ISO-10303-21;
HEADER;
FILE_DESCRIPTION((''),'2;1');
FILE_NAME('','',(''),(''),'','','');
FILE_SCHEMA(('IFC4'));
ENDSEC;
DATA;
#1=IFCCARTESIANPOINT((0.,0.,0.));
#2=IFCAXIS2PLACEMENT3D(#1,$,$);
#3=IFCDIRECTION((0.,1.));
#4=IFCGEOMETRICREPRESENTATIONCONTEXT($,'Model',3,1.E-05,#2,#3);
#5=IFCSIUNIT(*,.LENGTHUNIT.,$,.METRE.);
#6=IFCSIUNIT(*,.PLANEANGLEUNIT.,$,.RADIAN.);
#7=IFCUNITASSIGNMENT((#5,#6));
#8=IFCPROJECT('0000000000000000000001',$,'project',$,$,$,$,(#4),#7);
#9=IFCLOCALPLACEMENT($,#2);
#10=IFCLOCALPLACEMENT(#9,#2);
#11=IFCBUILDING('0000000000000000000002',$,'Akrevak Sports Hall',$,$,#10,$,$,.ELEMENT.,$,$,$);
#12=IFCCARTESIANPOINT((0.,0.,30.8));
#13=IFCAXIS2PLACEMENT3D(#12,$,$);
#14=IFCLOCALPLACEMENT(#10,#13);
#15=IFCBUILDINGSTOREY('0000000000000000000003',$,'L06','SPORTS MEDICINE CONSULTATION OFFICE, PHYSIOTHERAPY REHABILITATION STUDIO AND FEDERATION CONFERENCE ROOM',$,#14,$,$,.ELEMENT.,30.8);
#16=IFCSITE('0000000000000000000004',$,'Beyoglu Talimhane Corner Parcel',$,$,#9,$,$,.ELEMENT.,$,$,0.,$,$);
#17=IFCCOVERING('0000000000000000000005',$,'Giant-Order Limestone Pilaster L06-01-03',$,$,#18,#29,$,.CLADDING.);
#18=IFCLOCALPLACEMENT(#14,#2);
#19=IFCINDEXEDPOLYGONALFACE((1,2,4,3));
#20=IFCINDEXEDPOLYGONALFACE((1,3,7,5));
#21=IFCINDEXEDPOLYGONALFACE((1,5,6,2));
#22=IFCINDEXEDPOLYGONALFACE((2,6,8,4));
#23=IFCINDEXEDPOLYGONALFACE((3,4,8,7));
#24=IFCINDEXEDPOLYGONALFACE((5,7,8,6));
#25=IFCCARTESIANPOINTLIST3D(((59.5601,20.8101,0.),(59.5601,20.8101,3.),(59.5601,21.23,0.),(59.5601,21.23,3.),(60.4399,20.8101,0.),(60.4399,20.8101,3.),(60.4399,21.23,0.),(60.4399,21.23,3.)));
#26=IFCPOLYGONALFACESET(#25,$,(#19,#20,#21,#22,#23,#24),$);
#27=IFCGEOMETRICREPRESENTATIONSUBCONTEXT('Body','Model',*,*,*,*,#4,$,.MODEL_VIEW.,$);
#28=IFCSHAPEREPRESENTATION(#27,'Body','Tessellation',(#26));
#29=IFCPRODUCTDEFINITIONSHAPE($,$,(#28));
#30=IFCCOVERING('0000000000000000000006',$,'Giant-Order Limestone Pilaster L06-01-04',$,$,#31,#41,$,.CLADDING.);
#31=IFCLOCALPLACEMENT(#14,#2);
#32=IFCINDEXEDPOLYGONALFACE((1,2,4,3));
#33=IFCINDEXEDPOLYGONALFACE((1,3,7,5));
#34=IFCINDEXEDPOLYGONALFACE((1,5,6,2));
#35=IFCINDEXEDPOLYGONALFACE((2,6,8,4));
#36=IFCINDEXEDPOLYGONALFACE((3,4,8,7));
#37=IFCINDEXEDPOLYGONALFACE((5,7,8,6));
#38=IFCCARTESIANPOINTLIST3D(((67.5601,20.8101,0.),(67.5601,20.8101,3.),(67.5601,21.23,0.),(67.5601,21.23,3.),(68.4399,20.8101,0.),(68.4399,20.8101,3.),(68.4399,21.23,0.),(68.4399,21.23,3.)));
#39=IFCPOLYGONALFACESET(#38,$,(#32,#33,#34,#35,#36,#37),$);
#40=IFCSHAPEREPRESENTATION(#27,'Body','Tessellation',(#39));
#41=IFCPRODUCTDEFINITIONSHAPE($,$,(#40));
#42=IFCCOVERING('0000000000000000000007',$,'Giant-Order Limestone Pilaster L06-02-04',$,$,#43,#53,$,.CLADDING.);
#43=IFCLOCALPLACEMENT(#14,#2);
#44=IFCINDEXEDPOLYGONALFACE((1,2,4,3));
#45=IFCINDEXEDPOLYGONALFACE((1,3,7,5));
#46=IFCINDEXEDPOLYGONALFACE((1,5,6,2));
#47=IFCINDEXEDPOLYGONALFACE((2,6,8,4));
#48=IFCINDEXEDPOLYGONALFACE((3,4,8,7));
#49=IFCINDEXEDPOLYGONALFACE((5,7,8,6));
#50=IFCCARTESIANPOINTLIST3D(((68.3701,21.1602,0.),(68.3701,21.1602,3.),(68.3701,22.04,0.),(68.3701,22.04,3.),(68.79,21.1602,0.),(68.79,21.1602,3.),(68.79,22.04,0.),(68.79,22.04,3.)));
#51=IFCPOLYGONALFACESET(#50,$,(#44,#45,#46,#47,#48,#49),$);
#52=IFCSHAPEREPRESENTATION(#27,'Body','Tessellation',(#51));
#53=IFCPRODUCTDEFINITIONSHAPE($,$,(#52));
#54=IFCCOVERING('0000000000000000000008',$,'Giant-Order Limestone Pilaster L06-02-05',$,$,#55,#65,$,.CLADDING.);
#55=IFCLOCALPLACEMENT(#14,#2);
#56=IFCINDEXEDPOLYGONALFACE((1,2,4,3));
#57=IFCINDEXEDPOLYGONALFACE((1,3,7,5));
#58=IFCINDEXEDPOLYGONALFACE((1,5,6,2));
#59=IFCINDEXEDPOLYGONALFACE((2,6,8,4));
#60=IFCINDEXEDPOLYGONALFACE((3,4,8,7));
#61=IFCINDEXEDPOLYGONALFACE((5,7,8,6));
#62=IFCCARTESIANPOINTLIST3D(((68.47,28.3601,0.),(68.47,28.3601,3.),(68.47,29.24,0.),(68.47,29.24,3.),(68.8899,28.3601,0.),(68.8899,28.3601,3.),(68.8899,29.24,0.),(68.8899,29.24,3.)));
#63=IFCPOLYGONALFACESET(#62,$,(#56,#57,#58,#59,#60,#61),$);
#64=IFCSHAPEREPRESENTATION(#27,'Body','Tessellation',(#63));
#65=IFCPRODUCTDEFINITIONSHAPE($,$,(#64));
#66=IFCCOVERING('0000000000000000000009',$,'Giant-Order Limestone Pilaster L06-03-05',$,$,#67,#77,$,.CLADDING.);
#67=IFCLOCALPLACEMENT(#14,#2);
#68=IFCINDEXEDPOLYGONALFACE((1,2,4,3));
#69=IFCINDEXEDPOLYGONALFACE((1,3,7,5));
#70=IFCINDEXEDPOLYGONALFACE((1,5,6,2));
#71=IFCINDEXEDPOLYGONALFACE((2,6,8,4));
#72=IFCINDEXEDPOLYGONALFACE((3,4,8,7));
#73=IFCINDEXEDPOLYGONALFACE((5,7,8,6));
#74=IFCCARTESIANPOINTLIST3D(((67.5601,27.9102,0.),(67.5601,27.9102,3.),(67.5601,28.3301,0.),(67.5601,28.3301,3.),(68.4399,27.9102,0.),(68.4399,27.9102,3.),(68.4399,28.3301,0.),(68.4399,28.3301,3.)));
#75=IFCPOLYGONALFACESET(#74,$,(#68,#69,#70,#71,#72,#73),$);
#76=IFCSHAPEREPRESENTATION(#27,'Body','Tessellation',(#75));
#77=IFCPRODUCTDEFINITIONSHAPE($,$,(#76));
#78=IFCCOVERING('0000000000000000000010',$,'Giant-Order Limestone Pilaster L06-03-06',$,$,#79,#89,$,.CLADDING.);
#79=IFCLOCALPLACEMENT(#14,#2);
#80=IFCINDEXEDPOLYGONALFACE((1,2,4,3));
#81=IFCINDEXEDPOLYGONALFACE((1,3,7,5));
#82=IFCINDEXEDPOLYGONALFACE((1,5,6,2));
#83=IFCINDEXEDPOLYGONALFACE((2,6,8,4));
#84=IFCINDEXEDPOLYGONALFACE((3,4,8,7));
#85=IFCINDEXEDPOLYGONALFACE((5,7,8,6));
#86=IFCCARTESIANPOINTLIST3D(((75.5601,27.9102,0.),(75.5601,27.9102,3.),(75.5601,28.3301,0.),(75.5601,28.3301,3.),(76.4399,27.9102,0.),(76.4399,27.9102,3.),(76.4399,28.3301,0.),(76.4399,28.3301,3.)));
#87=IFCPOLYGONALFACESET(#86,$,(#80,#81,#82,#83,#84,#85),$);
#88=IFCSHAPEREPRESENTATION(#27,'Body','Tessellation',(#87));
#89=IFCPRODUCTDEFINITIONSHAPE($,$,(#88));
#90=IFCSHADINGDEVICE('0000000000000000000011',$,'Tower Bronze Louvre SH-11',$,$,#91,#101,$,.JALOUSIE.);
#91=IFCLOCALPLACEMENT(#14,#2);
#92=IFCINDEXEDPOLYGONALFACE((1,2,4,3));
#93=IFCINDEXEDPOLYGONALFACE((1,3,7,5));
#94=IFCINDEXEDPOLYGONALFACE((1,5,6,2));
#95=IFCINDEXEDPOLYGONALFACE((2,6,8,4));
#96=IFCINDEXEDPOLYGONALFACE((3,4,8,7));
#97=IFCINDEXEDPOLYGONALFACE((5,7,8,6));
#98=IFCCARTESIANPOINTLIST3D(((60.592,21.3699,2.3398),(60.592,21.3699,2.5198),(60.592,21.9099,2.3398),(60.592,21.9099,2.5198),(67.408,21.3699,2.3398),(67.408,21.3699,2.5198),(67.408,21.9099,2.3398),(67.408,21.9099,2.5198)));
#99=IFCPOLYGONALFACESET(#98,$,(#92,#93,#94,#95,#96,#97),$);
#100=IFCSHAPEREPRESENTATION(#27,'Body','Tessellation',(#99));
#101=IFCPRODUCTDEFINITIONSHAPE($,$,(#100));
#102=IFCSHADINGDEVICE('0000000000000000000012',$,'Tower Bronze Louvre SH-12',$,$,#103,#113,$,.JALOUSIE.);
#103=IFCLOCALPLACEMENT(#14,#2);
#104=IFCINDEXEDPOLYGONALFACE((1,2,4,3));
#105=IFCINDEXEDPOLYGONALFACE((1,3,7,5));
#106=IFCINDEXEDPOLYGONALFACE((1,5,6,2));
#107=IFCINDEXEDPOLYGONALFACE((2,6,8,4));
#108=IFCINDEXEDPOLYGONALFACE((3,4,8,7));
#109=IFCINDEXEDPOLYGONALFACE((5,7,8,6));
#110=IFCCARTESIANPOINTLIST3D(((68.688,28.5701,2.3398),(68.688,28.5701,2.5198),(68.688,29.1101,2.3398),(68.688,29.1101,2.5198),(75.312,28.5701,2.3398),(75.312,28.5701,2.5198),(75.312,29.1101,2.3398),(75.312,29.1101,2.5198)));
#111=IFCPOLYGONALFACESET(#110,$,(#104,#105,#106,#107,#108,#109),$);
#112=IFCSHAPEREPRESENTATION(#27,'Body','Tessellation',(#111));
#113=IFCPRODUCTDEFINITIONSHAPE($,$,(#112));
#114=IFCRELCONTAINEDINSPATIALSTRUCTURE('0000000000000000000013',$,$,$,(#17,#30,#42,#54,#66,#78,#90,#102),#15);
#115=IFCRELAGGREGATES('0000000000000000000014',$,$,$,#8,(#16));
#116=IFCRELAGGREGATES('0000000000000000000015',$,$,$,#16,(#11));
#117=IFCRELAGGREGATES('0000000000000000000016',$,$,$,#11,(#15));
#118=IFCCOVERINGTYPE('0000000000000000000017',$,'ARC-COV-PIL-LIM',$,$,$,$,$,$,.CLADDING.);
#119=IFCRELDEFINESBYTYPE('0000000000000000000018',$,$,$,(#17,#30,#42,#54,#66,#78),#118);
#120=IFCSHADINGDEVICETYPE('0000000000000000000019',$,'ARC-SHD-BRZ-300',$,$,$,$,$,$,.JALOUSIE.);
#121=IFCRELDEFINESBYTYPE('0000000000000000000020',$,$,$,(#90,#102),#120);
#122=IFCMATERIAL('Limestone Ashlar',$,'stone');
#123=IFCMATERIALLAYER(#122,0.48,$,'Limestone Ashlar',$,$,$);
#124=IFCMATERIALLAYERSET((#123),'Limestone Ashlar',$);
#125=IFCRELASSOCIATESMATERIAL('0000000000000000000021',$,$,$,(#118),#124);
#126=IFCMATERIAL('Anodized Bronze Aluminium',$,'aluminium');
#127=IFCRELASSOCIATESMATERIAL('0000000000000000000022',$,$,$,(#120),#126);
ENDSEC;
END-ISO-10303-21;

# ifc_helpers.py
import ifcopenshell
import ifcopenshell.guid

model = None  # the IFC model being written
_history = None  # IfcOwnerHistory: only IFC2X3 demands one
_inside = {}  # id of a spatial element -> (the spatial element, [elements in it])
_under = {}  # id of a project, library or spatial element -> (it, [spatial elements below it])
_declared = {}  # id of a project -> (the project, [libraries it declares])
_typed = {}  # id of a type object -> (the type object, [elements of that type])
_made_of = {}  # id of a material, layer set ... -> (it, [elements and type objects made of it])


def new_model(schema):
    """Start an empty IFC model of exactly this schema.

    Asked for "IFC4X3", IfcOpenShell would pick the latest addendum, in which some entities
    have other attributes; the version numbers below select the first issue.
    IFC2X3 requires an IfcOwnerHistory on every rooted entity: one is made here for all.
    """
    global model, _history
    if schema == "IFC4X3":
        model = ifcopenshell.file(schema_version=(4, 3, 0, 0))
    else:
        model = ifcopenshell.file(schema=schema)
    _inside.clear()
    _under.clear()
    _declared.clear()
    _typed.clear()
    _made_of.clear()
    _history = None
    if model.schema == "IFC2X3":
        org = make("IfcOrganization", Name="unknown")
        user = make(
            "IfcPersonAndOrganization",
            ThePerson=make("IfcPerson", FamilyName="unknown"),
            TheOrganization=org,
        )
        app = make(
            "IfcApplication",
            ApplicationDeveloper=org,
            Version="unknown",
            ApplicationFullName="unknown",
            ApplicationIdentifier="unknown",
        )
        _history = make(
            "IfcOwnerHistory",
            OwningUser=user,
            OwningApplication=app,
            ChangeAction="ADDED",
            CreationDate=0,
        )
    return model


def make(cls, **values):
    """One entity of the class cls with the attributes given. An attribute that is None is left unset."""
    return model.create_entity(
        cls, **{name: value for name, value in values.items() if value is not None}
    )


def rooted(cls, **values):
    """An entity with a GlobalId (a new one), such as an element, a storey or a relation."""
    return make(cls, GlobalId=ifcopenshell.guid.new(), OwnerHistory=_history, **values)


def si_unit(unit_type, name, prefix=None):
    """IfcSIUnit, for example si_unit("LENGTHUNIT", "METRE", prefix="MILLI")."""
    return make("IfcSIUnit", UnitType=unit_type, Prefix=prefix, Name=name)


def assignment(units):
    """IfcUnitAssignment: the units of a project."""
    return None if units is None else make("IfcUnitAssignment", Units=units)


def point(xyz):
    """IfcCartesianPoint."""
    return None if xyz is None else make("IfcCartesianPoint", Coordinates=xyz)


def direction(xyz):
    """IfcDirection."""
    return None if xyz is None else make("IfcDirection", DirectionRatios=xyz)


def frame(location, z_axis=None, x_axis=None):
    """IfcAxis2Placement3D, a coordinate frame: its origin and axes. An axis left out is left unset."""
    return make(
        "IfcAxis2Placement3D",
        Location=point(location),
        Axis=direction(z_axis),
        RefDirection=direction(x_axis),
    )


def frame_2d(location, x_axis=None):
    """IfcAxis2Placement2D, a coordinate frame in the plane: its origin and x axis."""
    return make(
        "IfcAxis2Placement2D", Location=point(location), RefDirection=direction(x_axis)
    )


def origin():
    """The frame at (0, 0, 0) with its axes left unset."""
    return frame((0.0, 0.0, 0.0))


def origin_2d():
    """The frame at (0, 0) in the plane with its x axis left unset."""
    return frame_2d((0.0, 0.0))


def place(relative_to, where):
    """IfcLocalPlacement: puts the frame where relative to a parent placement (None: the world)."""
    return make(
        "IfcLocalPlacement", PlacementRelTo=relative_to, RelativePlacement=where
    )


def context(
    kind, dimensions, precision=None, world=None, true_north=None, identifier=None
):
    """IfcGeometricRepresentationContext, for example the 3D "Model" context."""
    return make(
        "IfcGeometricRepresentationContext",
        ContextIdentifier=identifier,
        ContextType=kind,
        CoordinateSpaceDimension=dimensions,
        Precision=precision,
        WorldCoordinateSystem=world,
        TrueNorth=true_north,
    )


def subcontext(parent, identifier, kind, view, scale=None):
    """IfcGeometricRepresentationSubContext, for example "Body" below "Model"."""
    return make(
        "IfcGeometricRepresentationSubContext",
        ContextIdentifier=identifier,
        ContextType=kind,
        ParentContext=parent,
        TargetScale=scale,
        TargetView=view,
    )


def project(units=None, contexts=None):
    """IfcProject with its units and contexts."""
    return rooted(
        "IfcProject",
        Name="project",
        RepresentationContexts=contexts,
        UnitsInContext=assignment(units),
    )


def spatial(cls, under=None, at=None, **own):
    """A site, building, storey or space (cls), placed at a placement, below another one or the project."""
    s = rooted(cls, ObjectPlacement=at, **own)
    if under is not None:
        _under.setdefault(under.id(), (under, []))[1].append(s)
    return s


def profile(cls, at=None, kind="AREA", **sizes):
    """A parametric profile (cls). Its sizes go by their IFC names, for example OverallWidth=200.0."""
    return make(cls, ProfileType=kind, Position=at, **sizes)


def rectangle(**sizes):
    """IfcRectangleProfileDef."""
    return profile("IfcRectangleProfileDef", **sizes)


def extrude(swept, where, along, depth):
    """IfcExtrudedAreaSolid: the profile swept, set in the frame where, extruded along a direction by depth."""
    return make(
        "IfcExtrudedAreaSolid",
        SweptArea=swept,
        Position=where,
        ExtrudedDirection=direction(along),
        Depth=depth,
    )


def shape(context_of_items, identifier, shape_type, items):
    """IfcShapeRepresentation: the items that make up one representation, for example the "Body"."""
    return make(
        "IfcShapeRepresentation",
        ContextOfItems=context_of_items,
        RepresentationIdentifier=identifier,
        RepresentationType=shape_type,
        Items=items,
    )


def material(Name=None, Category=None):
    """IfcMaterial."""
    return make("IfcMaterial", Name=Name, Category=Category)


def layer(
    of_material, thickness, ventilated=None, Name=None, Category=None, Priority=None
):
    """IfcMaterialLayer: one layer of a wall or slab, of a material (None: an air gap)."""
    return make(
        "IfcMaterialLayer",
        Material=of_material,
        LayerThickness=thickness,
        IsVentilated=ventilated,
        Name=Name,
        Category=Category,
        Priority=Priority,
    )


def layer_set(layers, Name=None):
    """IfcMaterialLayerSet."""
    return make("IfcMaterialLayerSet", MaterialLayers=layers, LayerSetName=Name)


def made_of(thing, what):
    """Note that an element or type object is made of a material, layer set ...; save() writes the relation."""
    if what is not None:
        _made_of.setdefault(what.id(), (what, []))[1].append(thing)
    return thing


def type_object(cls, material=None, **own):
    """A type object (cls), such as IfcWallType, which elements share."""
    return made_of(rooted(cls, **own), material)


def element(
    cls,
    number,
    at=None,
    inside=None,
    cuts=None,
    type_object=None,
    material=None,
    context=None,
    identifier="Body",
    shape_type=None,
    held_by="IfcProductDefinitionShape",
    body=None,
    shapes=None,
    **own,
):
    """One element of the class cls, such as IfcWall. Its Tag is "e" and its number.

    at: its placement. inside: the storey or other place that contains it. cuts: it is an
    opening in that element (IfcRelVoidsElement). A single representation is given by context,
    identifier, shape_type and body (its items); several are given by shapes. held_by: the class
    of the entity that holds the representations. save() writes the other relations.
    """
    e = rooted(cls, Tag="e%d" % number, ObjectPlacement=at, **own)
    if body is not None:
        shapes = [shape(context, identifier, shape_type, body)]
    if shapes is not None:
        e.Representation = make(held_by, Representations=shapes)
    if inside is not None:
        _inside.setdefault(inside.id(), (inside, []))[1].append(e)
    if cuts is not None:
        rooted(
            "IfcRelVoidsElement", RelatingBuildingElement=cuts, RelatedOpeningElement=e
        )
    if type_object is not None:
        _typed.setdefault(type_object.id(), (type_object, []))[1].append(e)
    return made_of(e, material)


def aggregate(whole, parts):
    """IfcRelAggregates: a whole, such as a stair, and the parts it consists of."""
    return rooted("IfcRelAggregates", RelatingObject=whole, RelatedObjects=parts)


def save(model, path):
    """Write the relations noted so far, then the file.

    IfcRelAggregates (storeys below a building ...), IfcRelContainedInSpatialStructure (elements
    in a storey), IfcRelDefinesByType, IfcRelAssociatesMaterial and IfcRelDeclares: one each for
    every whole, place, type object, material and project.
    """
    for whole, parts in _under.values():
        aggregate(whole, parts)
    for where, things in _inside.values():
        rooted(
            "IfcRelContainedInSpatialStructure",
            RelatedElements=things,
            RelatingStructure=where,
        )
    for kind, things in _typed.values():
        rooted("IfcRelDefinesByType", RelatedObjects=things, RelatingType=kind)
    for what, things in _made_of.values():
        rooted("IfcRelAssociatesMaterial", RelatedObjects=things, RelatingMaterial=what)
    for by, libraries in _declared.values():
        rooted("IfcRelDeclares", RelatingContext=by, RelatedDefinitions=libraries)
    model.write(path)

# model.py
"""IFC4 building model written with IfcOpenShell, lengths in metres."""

from ifc_helpers import new_model, si_unit, direction, frame, origin, origin_2d, place, context, subcontext, project, spatial, rectangle, extrude, material, layer, layer_set, type_object, element, save


model = new_model("IFC4")

# Units and contexts
model_context = context("Model", 3, precision=1e-05, world=origin(), true_north=direction((0.0, 1.0)))
body_context = subcontext(model_context, "Body", "Model", "MODEL_VIEW")
ifc_project = project(units=[si_unit("LENGTHUNIT", "METRE"), si_unit("PLANEANGLEUNIT", "RADIAN")], contexts=[model_context])

# Site, building, storey
site_placement = place(None, origin())
site = spatial("IfcSite", under=ifc_project, at=site_placement, Name="Beyoglu Talimhane Corner Parcel", CompositionType="ELEMENT", RefElevation=0.0)
building_placement = place(site_placement, origin())
building = spatial("IfcBuilding", under=site, at=building_placement, Name="Akrevak Sports Hall", CompositionType="ELEMENT")
storey_placement = place(building_placement, frame((0.0, 0.0, 30.8)))
storey = spatial("IfcBuildingStorey", under=building, at=storey_placement, Name="L06", Description="SPORTS MEDICINE CONSULTATION OFFICE, PHYSIOTHERAPY REHABILITATION STUDIO AND FEDERATION CONFERENCE ROOM", CompositionType="ELEMENT", Elevation=30.8)

# Shared definitions
ifc_material_1 = material(Name="Anodized Bronze Aluminium", Category="aluminium")

# Shared definitions
ifc_material_2 = material(Name="Limestone Ashlar", Category="stone")

# Coverings
ifc_layer_1 = layer(ifc_material_2, 0.48, Name="Limestone Ashlar")
ifc_layer_set_1 = layer_set([ifc_layer_1], Name="Limestone Ashlar")
covering_type = type_object("IfcCoveringType", Name="ARC-COV-PIL-LIM", PredefinedType="CLADDING", material=ifc_layer_set_1)
for number, where, z_axis, x_axis, name in (
    (1, (60.0, 21.02, 0.0), (0.0, 0.0, 1.0), (1.0, 0.0, 0.0), "Giant-Order Limestone Pilaster L06-01-03"),
    (2, (68.0, 21.02, 0.0), (0.0, 0.0, 1.0), (1.0, 0.0, 0.0), "Giant-Order Limestone Pilaster L06-01-04"),
    (3, (68.5801, 21.6001, 0.0), (0.0, 0.0, 1.0), (0.0, 1.0, 0.0), "Giant-Order Limestone Pilaster L06-02-04"),
    (4, (68.6799, 28.8, 0.0), (0.0, 0.0, 1.0), (0.0, 1.0, 0.0), "Giant-Order Limestone Pilaster L06-02-05"),
    (5, (68.0, 28.1201, 0.0), (0.0, 0.0, 1.0), (1.0, 0.0, 0.0), "Giant-Order Limestone Pilaster L06-03-05"),
    (6, (76.0, 28.1201, 0.0), (0.0, 0.0, 1.0), (1.0, 0.0, 0.0), "Giant-Order Limestone Pilaster L06-03-06"),
):
    element("IfcCovering", number, at=place(storey_placement, frame(where, z_axis=z_axis, x_axis=x_axis)), inside=storey, type_object=covering_type, Name=name, PredefinedType="CLADDING", context=body_context, shape_type="SweptSolid", body=[
        extrude(rectangle(XDim=0.8799, YDim=0.4199, at=origin_2d()), origin(), (0.0, 0.0, 1.0), 3.0),
    ])

# Shading devices
shading_device_type = type_object("IfcShadingDeviceType", Name="ARC-SHD-BRZ-300", PredefinedType="JALOUSIE", material=ifc_material_1)
shading_device_1_placement = place(storey_placement, frame((64.0, 21.6399, 2.3398), z_axis=(0.0, 0.0, 1.0), x_axis=(1.0, 0.0, 0.0)))
element("IfcShadingDevice", 7, at=shading_device_1_placement, inside=storey, type_object=shading_device_type, Name="Tower Bronze Louvre SH-11", PredefinedType="JALOUSIE", context=body_context, shape_type="SweptSolid", body=[
    extrude(rectangle(XDim=6.8159, YDim=0.54, at=origin_2d()), origin(), (0.0, 0.0, 1.0), 0.1799),
])
shading_device_2_placement = place(storey_placement, frame((72.0, 28.8401, 2.3398), z_axis=(0.0, 0.0, 1.0), x_axis=(1.0, 0.0, 0.0)))
element("IfcShadingDevice", 8, at=shading_device_2_placement, inside=storey, type_object=shading_device_type, Name="Tower Bronze Louvre SH-12", PredefinedType="JALOUSIE", context=body_context, shape_type="SweptSolid", body=[
    extrude(rectangle(XDim=6.624, YDim=0.54, at=origin_2d()), origin(), (0.0, 0.0, 1.0), 0.1799),
])

save(model, "model.ifc")
